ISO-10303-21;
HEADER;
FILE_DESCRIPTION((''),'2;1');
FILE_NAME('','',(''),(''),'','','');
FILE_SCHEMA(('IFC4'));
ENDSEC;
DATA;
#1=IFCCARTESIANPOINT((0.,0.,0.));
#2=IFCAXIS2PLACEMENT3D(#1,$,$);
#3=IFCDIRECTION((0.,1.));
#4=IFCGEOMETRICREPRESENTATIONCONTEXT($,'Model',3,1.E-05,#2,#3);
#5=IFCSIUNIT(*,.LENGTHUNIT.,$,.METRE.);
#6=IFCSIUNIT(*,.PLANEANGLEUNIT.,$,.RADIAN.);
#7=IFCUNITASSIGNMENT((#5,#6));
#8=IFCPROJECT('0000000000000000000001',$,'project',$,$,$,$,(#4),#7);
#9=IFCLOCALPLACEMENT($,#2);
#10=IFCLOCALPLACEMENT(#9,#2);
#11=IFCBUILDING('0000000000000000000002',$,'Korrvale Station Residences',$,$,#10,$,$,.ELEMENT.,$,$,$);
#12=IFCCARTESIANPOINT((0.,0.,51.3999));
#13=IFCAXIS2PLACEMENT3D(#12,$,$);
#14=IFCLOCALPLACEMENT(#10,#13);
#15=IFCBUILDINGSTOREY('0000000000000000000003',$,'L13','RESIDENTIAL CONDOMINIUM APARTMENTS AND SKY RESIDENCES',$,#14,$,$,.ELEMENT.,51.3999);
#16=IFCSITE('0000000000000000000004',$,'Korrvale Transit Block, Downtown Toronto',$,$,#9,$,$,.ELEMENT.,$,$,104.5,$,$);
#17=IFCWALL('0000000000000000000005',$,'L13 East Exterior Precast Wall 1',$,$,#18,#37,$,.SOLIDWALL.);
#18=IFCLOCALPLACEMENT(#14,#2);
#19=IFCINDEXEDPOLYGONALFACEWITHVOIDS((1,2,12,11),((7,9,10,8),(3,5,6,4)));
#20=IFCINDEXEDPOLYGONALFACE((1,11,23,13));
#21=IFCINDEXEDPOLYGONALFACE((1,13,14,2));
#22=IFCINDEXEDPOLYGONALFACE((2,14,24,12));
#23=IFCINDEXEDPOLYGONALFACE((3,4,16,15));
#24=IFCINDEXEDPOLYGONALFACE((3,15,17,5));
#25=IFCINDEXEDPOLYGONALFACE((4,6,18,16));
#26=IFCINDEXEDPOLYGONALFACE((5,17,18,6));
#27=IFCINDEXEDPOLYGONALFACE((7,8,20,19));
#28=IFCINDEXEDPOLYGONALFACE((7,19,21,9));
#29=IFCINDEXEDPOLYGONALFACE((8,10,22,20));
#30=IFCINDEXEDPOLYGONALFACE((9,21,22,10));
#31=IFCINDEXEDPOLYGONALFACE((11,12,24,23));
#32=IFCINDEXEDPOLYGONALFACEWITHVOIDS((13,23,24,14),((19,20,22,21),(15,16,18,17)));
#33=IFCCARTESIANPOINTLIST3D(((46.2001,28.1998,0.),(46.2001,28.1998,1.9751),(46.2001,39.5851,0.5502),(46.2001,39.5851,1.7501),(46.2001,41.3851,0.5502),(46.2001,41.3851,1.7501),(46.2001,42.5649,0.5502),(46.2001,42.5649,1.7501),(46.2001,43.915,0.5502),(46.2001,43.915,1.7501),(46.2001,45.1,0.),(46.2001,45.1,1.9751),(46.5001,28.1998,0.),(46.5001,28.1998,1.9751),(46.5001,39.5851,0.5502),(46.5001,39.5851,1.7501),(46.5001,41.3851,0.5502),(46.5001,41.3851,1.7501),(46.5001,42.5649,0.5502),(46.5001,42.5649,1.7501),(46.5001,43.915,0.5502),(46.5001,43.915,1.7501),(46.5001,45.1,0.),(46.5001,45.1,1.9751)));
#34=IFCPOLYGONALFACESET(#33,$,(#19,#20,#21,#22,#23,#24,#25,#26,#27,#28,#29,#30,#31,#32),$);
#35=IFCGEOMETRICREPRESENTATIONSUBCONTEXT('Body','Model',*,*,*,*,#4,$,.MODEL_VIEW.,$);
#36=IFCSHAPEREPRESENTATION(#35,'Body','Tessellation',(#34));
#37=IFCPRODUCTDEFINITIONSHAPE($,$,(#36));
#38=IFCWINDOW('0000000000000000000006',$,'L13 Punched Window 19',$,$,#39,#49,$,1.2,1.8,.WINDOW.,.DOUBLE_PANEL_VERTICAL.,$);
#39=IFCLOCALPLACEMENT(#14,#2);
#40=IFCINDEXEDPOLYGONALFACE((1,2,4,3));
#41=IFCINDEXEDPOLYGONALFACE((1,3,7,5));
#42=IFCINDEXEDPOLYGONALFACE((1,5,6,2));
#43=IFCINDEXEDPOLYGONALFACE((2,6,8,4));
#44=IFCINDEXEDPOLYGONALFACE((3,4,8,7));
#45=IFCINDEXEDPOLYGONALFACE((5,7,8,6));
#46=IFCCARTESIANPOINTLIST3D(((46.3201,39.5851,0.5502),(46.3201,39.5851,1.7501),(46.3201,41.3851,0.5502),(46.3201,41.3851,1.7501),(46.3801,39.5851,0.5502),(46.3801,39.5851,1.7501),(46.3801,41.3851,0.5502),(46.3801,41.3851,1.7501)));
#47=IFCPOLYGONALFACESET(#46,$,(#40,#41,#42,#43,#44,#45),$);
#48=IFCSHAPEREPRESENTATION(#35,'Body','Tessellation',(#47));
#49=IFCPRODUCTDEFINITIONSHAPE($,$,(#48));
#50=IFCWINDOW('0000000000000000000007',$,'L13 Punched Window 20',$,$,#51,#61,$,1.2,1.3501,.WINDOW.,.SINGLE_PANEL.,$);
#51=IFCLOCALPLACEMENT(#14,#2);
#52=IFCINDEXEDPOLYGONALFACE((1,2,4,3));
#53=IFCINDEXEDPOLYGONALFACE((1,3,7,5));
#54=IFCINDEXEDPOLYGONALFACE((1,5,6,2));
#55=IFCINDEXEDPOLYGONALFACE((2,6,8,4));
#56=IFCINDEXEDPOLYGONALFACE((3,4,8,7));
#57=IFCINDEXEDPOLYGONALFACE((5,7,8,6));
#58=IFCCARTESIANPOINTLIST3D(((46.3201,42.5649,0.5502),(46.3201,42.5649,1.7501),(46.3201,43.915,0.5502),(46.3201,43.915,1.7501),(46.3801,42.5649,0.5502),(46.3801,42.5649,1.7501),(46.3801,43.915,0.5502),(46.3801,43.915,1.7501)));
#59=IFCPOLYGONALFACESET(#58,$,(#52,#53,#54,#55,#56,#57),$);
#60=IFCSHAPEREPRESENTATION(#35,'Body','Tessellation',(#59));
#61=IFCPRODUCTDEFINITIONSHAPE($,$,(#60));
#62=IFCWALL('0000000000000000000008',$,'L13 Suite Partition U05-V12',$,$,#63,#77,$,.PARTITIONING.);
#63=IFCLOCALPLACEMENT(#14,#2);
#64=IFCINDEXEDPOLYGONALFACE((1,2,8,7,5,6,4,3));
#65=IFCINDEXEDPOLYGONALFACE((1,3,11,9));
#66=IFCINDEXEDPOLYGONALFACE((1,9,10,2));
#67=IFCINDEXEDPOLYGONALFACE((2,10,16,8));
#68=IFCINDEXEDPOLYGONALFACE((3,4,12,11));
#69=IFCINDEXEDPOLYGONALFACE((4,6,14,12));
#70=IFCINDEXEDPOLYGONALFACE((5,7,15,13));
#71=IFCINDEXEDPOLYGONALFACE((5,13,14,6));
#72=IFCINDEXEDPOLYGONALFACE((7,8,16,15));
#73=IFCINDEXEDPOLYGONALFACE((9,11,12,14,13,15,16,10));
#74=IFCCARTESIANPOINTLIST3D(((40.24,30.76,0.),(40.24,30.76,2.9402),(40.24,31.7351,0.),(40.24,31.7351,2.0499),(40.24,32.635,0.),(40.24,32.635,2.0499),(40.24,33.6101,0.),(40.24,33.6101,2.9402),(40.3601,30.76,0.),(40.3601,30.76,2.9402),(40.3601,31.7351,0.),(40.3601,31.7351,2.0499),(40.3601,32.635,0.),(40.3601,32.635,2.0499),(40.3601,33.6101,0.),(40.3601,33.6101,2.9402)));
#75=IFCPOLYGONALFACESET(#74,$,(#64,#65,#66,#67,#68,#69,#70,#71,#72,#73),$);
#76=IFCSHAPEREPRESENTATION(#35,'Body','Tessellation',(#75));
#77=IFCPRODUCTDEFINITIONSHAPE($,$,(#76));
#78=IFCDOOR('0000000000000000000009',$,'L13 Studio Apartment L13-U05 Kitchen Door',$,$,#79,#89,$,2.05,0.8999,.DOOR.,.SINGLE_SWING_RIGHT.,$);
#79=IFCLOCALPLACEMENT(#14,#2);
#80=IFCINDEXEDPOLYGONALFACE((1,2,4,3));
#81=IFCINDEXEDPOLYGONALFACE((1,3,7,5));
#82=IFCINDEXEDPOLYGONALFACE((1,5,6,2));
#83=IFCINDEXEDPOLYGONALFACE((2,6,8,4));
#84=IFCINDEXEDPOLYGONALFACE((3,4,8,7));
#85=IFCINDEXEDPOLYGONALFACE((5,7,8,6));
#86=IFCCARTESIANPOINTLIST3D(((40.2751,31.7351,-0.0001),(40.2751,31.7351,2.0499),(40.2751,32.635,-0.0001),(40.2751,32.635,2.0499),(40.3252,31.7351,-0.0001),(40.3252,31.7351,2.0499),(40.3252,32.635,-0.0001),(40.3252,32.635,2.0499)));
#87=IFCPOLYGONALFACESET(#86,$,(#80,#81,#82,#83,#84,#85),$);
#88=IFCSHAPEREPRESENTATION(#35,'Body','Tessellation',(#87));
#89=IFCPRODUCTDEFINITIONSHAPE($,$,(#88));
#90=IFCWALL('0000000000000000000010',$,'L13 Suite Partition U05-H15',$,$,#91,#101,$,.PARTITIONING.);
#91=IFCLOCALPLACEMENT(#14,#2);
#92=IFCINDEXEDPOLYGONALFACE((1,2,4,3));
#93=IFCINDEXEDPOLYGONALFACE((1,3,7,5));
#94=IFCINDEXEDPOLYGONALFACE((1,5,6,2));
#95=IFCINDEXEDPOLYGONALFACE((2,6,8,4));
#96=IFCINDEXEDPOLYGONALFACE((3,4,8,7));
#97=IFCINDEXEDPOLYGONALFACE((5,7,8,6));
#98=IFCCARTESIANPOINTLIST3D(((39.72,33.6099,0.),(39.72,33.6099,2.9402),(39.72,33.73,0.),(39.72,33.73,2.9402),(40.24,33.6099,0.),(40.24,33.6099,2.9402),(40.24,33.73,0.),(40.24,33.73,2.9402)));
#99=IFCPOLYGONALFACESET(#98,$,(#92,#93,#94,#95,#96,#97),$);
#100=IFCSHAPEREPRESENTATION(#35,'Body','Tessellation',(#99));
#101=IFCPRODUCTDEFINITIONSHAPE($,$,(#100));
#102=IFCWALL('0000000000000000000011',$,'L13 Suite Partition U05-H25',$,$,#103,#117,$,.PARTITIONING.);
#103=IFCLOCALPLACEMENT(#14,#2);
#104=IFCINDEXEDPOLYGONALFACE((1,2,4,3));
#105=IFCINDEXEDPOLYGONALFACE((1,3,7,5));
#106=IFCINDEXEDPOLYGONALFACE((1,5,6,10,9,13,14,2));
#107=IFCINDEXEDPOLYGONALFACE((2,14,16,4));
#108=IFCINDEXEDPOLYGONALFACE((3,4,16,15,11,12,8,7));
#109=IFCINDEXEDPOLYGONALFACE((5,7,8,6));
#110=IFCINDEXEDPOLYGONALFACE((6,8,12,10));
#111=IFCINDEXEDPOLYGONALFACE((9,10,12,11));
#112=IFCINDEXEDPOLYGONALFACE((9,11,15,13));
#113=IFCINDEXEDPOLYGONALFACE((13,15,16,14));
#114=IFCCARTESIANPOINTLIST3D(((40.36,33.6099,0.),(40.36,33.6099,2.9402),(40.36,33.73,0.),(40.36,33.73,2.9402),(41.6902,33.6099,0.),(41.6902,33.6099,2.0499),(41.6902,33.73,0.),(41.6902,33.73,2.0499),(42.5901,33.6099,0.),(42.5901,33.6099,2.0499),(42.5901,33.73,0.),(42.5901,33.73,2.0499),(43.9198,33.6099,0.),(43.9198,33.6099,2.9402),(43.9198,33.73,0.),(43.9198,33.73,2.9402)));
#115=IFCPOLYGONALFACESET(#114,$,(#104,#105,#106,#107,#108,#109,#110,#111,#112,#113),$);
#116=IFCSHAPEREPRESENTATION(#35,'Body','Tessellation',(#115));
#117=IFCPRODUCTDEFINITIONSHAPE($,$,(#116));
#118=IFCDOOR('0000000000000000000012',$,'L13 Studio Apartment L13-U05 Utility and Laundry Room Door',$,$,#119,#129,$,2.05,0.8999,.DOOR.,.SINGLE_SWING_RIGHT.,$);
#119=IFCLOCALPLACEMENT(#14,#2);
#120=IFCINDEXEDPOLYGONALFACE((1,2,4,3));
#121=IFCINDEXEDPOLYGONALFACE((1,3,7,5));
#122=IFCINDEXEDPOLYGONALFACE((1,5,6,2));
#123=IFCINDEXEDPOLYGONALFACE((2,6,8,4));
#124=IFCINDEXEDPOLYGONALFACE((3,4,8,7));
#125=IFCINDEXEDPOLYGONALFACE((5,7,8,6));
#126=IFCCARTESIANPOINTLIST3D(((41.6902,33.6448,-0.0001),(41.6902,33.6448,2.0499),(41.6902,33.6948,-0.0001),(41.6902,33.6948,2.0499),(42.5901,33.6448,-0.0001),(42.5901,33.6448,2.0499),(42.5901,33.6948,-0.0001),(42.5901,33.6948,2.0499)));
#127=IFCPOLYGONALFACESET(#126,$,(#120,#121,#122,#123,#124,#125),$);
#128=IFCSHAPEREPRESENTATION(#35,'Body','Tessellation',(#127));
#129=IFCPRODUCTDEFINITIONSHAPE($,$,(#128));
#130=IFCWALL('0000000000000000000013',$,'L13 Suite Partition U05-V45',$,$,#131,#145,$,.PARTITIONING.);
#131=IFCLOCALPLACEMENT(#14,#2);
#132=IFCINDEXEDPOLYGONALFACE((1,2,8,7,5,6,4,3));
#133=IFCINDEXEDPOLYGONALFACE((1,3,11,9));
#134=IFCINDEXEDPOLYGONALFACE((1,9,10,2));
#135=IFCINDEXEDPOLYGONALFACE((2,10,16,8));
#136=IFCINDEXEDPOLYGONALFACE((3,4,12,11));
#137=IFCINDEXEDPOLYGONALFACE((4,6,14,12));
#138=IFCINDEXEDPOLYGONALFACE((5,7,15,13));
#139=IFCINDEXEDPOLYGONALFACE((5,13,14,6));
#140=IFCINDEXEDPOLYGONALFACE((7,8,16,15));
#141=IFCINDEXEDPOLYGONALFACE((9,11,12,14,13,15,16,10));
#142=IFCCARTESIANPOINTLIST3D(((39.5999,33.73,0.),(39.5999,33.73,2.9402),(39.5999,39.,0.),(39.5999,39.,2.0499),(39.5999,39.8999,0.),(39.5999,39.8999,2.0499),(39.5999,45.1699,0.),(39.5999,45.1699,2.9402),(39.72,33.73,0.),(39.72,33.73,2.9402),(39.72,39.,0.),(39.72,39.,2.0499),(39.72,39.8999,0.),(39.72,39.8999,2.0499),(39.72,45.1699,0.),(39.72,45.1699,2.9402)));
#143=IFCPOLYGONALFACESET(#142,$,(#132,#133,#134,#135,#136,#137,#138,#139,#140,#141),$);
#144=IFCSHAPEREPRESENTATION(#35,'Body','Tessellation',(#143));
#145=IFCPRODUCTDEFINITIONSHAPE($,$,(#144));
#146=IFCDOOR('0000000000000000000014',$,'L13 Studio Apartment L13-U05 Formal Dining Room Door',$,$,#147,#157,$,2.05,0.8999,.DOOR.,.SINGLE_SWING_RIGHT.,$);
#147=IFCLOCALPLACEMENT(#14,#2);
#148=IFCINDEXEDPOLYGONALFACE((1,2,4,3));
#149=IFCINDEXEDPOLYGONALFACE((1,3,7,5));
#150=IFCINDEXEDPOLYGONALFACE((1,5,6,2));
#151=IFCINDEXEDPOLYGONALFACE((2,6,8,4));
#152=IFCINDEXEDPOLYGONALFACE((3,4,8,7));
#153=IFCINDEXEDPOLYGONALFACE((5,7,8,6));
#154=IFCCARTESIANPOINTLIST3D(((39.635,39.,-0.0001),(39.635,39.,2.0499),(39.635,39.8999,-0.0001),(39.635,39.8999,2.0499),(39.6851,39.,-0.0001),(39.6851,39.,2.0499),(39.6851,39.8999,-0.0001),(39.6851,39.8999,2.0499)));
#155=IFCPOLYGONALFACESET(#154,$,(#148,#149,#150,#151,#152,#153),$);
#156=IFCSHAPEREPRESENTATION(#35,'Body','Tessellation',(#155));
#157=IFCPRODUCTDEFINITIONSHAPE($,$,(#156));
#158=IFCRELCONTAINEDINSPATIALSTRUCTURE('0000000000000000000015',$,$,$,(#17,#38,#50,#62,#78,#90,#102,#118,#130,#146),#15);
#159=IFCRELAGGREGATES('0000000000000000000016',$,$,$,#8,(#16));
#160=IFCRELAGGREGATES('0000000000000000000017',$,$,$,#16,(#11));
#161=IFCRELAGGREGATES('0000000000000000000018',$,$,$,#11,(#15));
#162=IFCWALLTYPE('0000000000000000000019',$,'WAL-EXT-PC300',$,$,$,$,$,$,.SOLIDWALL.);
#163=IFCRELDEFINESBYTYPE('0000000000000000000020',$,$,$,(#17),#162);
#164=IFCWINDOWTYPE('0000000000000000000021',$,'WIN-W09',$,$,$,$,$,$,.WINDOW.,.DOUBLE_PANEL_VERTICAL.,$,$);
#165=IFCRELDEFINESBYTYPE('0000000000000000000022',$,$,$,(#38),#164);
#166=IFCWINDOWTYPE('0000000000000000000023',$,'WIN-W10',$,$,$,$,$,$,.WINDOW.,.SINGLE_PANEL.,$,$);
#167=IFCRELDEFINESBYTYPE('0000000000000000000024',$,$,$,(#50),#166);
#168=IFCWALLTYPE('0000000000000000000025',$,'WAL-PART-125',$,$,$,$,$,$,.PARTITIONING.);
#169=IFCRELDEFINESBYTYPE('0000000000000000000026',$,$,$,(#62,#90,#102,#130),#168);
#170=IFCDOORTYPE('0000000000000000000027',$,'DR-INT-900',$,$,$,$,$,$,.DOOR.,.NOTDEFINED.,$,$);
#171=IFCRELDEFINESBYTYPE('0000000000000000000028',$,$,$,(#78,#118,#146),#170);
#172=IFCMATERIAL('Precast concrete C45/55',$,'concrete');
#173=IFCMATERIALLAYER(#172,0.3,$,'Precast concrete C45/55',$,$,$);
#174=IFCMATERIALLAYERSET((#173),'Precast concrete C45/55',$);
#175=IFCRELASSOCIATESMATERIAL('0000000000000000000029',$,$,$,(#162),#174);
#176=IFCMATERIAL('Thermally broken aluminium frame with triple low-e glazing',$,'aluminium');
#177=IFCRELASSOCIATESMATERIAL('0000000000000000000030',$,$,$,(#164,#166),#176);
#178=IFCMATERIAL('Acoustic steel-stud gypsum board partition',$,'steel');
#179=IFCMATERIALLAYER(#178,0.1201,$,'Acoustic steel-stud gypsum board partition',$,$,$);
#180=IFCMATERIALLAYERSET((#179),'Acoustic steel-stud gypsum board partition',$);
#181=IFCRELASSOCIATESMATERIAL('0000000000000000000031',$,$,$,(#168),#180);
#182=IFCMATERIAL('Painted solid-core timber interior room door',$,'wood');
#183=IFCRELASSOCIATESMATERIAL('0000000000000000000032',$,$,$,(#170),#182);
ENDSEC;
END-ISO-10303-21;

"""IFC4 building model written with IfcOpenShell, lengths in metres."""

from ifc_helpers import new_model, si_unit, direction, frame, frame_2d, origin, place, context, subcontext, project, spatial, rectangle, extrude, material, layer, layer_set, type_object, element, fill, save


model = new_model("IFC4")

# Units and contexts
model_context = context("Model", 3, precision=1e-05, world=origin(), true_north=direction((0.0, 1.0)))
body_context = subcontext(model_context, "Body", "Model", "MODEL_VIEW")
ifc_project = project(units=[si_unit("LENGTHUNIT", "METRE"), si_unit("PLANEANGLEUNIT", "RADIAN")], contexts=[model_context])

# Site, building, storey
site_placement = place(None, origin())
site = spatial("IfcSite", under=ifc_project, at=site_placement, Name="Korrvale Transit Block, Downtown Toronto", CompositionType="ELEMENT", RefElevation=104.5)
building_placement = place(site_placement, origin())
building = spatial("IfcBuilding", under=site, at=building_placement, Name="Korrvale Station Residences", CompositionType="ELEMENT")
storey_placement = place(building_placement, frame((0.0, 0.0, 51.3999)))
storey = spatial("IfcBuildingStorey", under=building, at=storey_placement, Name="L13", Description="RESIDENTIAL CONDOMINIUM APARTMENTS AND SKY RESIDENCES", CompositionType="ELEMENT", Elevation=51.3999)

# Shared definitions
ifc_material_1 = material(Name="Precast concrete C45/55", Category="concrete")
ifc_layer_1 = layer(ifc_material_1, 0.3, Name="Precast concrete C45/55")
ifc_layer_set_1 = layer_set([ifc_layer_1], Name="Precast concrete C45/55")
wall_type_1 = type_object("IfcWallType", Name="WAL-EXT-PC300", PredefinedType="SOLIDWALL", material=ifc_layer_set_1)

# Wall, openings, windows
wall_1_placement = place(storey_placement, frame((46.3501, 45.1001, 0.0), z_axis=(0.0, 0.0, 1.0), x_axis=(0.0, -1.0, 0.0)))
wall_1 = element("IfcWall", 1, at=wall_1_placement, inside=storey, type_object=wall_type_1, Name="L13 East Exterior Precast Wall 1", PredefinedType="SOLIDWALL", context=body_context, shape_type="SweptSolid", body=[
    extrude(rectangle(XDim=16.9001, YDim=0.3, at=frame_2d((8.4502, 0.0))), origin(), (0.0, 0.0, 1.0), 1.9751),
])
opening_1_placement = place(wall_1_placement, frame((3.7151, 0.0, 0.55)))
opening_1 = element("IfcOpeningElement", 2, at=opening_1_placement, cuts=wall_1, PredefinedType="OPENING", context=body_context, shape_type="SweptSolid", body=[
    extrude(rectangle(XDim=1.8, YDim=1.2, at=frame_2d((0.8999, 0.6001))), frame((0.0, 0.1602, 0.0), z_axis=(0.0, -1.0, 0.0), x_axis=(1.0, 0.0, 0.0)), (0.0, 0.0, 1.0), 0.3201),
])
opening_2_placement = place(wall_1_placement, frame((1.1851, 0.0, 0.55)))
opening_2 = element("IfcOpeningElement", 3, at=opening_2_placement, cuts=wall_1, PredefinedType="OPENING", context=body_context, shape_type="SweptSolid", body=[
    extrude(rectangle(XDim=1.3501, YDim=1.2, at=frame_2d((0.675, 0.6001))), frame((0.0, 0.1602, 0.0), z_axis=(0.0, -1.0, 0.0), x_axis=(1.0, 0.0, 0.0)), (0.0, 0.0, 1.0), 0.3201),
])
ifc_material_2 = material(Name="Thermally broken aluminium frame with triple low-e glazing", Category="aluminium")
window_type_1 = type_object("IfcWindowType", Name="WIN-W09", PartitioningType="DOUBLE_PANEL_VERTICAL", PredefinedType="WINDOW", material=ifc_material_2)
window_1_placement = place(opening_1_placement, origin())
window_1 = element("IfcWindow", 4, at=window_1_placement, inside=storey, type_object=window_type_1, Name="L13 Punched Window 19", OverallHeight=1.2, OverallWidth=1.8, PartitioningType="DOUBLE_PANEL_VERTICAL", PredefinedType="WINDOW", context=body_context, shape_type="SweptSolid", body=[
    extrude(rectangle(XDim=1.8, YDim=1.2, at=frame_2d((0.8999, 0.6001))), frame((0.0, 0.03, 0.0), z_axis=(0.0, -1.0, 0.0), x_axis=(1.0, 0.0, 0.0)), (0.0, 0.0, 1.0), 0.0601),
])
fill(opening_1, window_1)
window_type_2 = type_object("IfcWindowType", Name="WIN-W10", PartitioningType="SINGLE_PANEL", PredefinedType="WINDOW", material=ifc_material_2)
window_2_placement = place(opening_2_placement, origin())
window_2 = element("IfcWindow", 5, at=window_2_placement, inside=storey, type_object=window_type_2, Name="L13 Punched Window 20", OverallHeight=1.2, OverallWidth=1.3501, PartitioningType="SINGLE_PANEL", PredefinedType="WINDOW", context=body_context, shape_type="SweptSolid", body=[
    extrude(rectangle(XDim=1.3501, YDim=1.2, at=frame_2d((0.675, 0.6001))), frame((0.0, 0.03, 0.0), z_axis=(0.0, -1.0, 0.0), x_axis=(1.0, 0.0, 0.0)), (0.0, 0.0, 1.0), 0.0601),
])
fill(opening_2, window_2)

# Wall, opening, door
ifc_material_3 = material(Name="Acoustic steel-stud gypsum board partition", Category="steel")
ifc_layer_2 = layer(ifc_material_3, 0.1201, Name="Acoustic steel-stud gypsum board partition")
ifc_layer_set_2 = layer_set([ifc_layer_2], Name="Acoustic steel-stud gypsum board partition")
wall_type_2 = type_object("IfcWallType", Name="WAL-PART-125", PredefinedType="PARTITIONING", material=ifc_layer_set_2)
wall_2_placement = place(storey_placement, frame((40.3, 30.76, 0.0), z_axis=(0.0, 0.0, 1.0), x_axis=(0.0, 1.0, 0.0)))
wall_2 = element("IfcWall", 6, at=wall_2_placement, inside=storey, type_object=wall_type_2, Name="L13 Suite Partition U05-V12", PredefinedType="PARTITIONING", context=body_context, shape_type="SweptSolid", body=[
    extrude(rectangle(XDim=2.8501, YDim=0.1201, at=frame_2d((1.425, 0.0))), origin(), (0.0, 0.0, 1.0), 2.9402),
])
opening_3_placement = place(wall_2_placement, frame((0.9751, 0.0, 0.0)))
opening_3 = element("IfcOpeningElement", 7, at=opening_3_placement, cuts=wall_2, PredefinedType="OPENING", context=body_context, shape_type="SweptSolid", body=[
    extrude(rectangle(XDim=0.8999, YDim=2.05, at=frame_2d((0.45, 1.0249))), frame((0.0, 0.0701, 0.0), z_axis=(0.0, -1.0, 0.0), x_axis=(1.0, 0.0, 0.0)), (0.0, 0.0, 1.0), 0.1401),
])
ifc_material_4 = material(Name="Painted solid-core timber interior room door", Category="wood")
door_type = type_object("IfcDoorType", Name="DR-INT-900", OperationType="NOTDEFINED", PredefinedType="DOOR", material=ifc_material_4)
door_1_placement = place(opening_3_placement, origin())
door_1 = element("IfcDoor", 8, at=door_1_placement, inside=storey, type_object=door_type, Name="L13 Studio Apartment L13-U05 Kitchen Door", OperationType="SINGLE_SWING_RIGHT", OverallHeight=2.05, OverallWidth=0.8999, PredefinedType="DOOR", context=body_context, shape_type="SweptSolid", body=[
    extrude(rectangle(XDim=0.8999, YDim=2.05, at=frame_2d((0.45, 1.0249))), frame((0.0, 0.0249, 0.0), z_axis=(0.0, -1.0, 0.0), x_axis=(1.0, 0.0, 0.0)), (0.0, 0.0, 1.0), 0.05),
])
fill(opening_3, door_1)

# Wall
wall_3_placement = place(storey_placement, frame((39.72, 33.6699, 0.0), z_axis=(0.0, 0.0, 1.0), x_axis=(1.0, 0.0, 0.0)))
element("IfcWall", 9, at=wall_3_placement, inside=storey, type_object=wall_type_2, Name="L13 Suite Partition U05-H15", PredefinedType="PARTITIONING", context=body_context, shape_type="SweptSolid", body=[
    extrude(rectangle(XDim=0.52, YDim=0.1201, at=frame_2d((0.26, 0.0))), origin(), (0.0, 0.0, 1.0), 2.9402),
])

# Walls, openings, doors
wall_4_placement = place(storey_placement, frame((40.3601, 33.6699, 0.0), z_axis=(0.0, 0.0, 1.0), x_axis=(1.0, 0.0, 0.0)))
wall_4 = element("IfcWall", 10, at=wall_4_placement, inside=storey, type_object=wall_type_2, Name="L13 Suite Partition U05-H25", PredefinedType="PARTITIONING", context=body_context, shape_type="SweptSolid", body=[
    extrude(rectangle(XDim=3.5598, YDim=0.1201, at=frame_2d((1.7798, 0.0))), origin(), (0.0, 0.0, 1.0), 2.9402),
])
opening_4_placement = place(wall_4_placement, frame((1.3301, 0.0, 0.0)))
opening_4 = element("IfcOpeningElement", 11, at=opening_4_placement, cuts=wall_4, PredefinedType="OPENING", context=body_context, shape_type="SweptSolid", body=[
    extrude(rectangle(XDim=0.8999, YDim=2.05, at=frame_2d((0.45, 1.0249))), frame((0.0, 0.0701, 0.0), z_axis=(0.0, -1.0, 0.0), x_axis=(1.0, 0.0, 0.0)), (0.0, 0.0, 1.0), 0.1401),
])
door_2_placement = place(opening_4_placement, origin())
door_2 = element("IfcDoor", 12, at=door_2_placement, inside=storey, type_object=door_type, Name="L13 Studio Apartment L13-U05 Utility and Laundry Room Door", OperationType="SINGLE_SWING_RIGHT", OverallHeight=2.05, OverallWidth=0.8999, PredefinedType="DOOR", context=body_context, shape_type="SweptSolid", body=[
    extrude(rectangle(XDim=0.8999, YDim=2.05, at=frame_2d((0.45, 1.0249))), frame((0.0, 0.0249, 0.0), z_axis=(0.0, -1.0, 0.0), x_axis=(1.0, 0.0, 0.0)), (0.0, 0.0, 1.0), 0.05),
])
fill(opening_4, door_2)
wall_5_placement = place(storey_placement, frame((39.6599, 33.73, 0.0), z_axis=(0.0, 0.0, 1.0), x_axis=(0.0, 1.0, 0.0)))
wall_5 = element("IfcWall", 13, at=wall_5_placement, inside=storey, type_object=wall_type_2, Name="L13 Suite Partition U05-V45", PredefinedType="PARTITIONING", context=body_context, shape_type="SweptSolid", body=[
    extrude(rectangle(XDim=11.4399, YDim=0.1201, at=frame_2d((5.72, 0.0))), origin(), (0.0, 0.0, 1.0), 2.9402),
])
opening_5_placement = place(wall_5_placement, frame((5.27, 0.0, 0.0)))
opening_5 = element("IfcOpeningElement", 14, at=opening_5_placement, cuts=wall_5, PredefinedType="OPENING", context=body_context, shape_type="SweptSolid", body=[
    extrude(rectangle(XDim=0.8999, YDim=2.05, at=frame_2d((0.45, 1.0249))), frame((0.0, 0.0701, 0.0), z_axis=(0.0, -1.0, 0.0), x_axis=(1.0, 0.0, 0.0)), (0.0, 0.0, 1.0), 0.1401),
])
door_3_placement = place(opening_5_placement, origin())
door_3 = element("IfcDoor", 15, at=door_3_placement, inside=storey, type_object=door_type, Name="L13 Studio Apartment L13-U05 Formal Dining Room Door", OperationType="SINGLE_SWING_RIGHT", OverallHeight=2.05, OverallWidth=0.8999, PredefinedType="DOOR", context=body_context, shape_type="SweptSolid", body=[
    extrude(rectangle(XDim=0.8999, YDim=2.05, at=frame_2d((0.45, 1.0249))), frame((0.0, 0.0249, 0.0), z_axis=(0.0, -1.0, 0.0), x_axis=(1.0, 0.0, 0.0)), (0.0, 0.0, 1.0), 0.05),
])
fill(opening_5, door_3)

save(model, "model.ifc")
